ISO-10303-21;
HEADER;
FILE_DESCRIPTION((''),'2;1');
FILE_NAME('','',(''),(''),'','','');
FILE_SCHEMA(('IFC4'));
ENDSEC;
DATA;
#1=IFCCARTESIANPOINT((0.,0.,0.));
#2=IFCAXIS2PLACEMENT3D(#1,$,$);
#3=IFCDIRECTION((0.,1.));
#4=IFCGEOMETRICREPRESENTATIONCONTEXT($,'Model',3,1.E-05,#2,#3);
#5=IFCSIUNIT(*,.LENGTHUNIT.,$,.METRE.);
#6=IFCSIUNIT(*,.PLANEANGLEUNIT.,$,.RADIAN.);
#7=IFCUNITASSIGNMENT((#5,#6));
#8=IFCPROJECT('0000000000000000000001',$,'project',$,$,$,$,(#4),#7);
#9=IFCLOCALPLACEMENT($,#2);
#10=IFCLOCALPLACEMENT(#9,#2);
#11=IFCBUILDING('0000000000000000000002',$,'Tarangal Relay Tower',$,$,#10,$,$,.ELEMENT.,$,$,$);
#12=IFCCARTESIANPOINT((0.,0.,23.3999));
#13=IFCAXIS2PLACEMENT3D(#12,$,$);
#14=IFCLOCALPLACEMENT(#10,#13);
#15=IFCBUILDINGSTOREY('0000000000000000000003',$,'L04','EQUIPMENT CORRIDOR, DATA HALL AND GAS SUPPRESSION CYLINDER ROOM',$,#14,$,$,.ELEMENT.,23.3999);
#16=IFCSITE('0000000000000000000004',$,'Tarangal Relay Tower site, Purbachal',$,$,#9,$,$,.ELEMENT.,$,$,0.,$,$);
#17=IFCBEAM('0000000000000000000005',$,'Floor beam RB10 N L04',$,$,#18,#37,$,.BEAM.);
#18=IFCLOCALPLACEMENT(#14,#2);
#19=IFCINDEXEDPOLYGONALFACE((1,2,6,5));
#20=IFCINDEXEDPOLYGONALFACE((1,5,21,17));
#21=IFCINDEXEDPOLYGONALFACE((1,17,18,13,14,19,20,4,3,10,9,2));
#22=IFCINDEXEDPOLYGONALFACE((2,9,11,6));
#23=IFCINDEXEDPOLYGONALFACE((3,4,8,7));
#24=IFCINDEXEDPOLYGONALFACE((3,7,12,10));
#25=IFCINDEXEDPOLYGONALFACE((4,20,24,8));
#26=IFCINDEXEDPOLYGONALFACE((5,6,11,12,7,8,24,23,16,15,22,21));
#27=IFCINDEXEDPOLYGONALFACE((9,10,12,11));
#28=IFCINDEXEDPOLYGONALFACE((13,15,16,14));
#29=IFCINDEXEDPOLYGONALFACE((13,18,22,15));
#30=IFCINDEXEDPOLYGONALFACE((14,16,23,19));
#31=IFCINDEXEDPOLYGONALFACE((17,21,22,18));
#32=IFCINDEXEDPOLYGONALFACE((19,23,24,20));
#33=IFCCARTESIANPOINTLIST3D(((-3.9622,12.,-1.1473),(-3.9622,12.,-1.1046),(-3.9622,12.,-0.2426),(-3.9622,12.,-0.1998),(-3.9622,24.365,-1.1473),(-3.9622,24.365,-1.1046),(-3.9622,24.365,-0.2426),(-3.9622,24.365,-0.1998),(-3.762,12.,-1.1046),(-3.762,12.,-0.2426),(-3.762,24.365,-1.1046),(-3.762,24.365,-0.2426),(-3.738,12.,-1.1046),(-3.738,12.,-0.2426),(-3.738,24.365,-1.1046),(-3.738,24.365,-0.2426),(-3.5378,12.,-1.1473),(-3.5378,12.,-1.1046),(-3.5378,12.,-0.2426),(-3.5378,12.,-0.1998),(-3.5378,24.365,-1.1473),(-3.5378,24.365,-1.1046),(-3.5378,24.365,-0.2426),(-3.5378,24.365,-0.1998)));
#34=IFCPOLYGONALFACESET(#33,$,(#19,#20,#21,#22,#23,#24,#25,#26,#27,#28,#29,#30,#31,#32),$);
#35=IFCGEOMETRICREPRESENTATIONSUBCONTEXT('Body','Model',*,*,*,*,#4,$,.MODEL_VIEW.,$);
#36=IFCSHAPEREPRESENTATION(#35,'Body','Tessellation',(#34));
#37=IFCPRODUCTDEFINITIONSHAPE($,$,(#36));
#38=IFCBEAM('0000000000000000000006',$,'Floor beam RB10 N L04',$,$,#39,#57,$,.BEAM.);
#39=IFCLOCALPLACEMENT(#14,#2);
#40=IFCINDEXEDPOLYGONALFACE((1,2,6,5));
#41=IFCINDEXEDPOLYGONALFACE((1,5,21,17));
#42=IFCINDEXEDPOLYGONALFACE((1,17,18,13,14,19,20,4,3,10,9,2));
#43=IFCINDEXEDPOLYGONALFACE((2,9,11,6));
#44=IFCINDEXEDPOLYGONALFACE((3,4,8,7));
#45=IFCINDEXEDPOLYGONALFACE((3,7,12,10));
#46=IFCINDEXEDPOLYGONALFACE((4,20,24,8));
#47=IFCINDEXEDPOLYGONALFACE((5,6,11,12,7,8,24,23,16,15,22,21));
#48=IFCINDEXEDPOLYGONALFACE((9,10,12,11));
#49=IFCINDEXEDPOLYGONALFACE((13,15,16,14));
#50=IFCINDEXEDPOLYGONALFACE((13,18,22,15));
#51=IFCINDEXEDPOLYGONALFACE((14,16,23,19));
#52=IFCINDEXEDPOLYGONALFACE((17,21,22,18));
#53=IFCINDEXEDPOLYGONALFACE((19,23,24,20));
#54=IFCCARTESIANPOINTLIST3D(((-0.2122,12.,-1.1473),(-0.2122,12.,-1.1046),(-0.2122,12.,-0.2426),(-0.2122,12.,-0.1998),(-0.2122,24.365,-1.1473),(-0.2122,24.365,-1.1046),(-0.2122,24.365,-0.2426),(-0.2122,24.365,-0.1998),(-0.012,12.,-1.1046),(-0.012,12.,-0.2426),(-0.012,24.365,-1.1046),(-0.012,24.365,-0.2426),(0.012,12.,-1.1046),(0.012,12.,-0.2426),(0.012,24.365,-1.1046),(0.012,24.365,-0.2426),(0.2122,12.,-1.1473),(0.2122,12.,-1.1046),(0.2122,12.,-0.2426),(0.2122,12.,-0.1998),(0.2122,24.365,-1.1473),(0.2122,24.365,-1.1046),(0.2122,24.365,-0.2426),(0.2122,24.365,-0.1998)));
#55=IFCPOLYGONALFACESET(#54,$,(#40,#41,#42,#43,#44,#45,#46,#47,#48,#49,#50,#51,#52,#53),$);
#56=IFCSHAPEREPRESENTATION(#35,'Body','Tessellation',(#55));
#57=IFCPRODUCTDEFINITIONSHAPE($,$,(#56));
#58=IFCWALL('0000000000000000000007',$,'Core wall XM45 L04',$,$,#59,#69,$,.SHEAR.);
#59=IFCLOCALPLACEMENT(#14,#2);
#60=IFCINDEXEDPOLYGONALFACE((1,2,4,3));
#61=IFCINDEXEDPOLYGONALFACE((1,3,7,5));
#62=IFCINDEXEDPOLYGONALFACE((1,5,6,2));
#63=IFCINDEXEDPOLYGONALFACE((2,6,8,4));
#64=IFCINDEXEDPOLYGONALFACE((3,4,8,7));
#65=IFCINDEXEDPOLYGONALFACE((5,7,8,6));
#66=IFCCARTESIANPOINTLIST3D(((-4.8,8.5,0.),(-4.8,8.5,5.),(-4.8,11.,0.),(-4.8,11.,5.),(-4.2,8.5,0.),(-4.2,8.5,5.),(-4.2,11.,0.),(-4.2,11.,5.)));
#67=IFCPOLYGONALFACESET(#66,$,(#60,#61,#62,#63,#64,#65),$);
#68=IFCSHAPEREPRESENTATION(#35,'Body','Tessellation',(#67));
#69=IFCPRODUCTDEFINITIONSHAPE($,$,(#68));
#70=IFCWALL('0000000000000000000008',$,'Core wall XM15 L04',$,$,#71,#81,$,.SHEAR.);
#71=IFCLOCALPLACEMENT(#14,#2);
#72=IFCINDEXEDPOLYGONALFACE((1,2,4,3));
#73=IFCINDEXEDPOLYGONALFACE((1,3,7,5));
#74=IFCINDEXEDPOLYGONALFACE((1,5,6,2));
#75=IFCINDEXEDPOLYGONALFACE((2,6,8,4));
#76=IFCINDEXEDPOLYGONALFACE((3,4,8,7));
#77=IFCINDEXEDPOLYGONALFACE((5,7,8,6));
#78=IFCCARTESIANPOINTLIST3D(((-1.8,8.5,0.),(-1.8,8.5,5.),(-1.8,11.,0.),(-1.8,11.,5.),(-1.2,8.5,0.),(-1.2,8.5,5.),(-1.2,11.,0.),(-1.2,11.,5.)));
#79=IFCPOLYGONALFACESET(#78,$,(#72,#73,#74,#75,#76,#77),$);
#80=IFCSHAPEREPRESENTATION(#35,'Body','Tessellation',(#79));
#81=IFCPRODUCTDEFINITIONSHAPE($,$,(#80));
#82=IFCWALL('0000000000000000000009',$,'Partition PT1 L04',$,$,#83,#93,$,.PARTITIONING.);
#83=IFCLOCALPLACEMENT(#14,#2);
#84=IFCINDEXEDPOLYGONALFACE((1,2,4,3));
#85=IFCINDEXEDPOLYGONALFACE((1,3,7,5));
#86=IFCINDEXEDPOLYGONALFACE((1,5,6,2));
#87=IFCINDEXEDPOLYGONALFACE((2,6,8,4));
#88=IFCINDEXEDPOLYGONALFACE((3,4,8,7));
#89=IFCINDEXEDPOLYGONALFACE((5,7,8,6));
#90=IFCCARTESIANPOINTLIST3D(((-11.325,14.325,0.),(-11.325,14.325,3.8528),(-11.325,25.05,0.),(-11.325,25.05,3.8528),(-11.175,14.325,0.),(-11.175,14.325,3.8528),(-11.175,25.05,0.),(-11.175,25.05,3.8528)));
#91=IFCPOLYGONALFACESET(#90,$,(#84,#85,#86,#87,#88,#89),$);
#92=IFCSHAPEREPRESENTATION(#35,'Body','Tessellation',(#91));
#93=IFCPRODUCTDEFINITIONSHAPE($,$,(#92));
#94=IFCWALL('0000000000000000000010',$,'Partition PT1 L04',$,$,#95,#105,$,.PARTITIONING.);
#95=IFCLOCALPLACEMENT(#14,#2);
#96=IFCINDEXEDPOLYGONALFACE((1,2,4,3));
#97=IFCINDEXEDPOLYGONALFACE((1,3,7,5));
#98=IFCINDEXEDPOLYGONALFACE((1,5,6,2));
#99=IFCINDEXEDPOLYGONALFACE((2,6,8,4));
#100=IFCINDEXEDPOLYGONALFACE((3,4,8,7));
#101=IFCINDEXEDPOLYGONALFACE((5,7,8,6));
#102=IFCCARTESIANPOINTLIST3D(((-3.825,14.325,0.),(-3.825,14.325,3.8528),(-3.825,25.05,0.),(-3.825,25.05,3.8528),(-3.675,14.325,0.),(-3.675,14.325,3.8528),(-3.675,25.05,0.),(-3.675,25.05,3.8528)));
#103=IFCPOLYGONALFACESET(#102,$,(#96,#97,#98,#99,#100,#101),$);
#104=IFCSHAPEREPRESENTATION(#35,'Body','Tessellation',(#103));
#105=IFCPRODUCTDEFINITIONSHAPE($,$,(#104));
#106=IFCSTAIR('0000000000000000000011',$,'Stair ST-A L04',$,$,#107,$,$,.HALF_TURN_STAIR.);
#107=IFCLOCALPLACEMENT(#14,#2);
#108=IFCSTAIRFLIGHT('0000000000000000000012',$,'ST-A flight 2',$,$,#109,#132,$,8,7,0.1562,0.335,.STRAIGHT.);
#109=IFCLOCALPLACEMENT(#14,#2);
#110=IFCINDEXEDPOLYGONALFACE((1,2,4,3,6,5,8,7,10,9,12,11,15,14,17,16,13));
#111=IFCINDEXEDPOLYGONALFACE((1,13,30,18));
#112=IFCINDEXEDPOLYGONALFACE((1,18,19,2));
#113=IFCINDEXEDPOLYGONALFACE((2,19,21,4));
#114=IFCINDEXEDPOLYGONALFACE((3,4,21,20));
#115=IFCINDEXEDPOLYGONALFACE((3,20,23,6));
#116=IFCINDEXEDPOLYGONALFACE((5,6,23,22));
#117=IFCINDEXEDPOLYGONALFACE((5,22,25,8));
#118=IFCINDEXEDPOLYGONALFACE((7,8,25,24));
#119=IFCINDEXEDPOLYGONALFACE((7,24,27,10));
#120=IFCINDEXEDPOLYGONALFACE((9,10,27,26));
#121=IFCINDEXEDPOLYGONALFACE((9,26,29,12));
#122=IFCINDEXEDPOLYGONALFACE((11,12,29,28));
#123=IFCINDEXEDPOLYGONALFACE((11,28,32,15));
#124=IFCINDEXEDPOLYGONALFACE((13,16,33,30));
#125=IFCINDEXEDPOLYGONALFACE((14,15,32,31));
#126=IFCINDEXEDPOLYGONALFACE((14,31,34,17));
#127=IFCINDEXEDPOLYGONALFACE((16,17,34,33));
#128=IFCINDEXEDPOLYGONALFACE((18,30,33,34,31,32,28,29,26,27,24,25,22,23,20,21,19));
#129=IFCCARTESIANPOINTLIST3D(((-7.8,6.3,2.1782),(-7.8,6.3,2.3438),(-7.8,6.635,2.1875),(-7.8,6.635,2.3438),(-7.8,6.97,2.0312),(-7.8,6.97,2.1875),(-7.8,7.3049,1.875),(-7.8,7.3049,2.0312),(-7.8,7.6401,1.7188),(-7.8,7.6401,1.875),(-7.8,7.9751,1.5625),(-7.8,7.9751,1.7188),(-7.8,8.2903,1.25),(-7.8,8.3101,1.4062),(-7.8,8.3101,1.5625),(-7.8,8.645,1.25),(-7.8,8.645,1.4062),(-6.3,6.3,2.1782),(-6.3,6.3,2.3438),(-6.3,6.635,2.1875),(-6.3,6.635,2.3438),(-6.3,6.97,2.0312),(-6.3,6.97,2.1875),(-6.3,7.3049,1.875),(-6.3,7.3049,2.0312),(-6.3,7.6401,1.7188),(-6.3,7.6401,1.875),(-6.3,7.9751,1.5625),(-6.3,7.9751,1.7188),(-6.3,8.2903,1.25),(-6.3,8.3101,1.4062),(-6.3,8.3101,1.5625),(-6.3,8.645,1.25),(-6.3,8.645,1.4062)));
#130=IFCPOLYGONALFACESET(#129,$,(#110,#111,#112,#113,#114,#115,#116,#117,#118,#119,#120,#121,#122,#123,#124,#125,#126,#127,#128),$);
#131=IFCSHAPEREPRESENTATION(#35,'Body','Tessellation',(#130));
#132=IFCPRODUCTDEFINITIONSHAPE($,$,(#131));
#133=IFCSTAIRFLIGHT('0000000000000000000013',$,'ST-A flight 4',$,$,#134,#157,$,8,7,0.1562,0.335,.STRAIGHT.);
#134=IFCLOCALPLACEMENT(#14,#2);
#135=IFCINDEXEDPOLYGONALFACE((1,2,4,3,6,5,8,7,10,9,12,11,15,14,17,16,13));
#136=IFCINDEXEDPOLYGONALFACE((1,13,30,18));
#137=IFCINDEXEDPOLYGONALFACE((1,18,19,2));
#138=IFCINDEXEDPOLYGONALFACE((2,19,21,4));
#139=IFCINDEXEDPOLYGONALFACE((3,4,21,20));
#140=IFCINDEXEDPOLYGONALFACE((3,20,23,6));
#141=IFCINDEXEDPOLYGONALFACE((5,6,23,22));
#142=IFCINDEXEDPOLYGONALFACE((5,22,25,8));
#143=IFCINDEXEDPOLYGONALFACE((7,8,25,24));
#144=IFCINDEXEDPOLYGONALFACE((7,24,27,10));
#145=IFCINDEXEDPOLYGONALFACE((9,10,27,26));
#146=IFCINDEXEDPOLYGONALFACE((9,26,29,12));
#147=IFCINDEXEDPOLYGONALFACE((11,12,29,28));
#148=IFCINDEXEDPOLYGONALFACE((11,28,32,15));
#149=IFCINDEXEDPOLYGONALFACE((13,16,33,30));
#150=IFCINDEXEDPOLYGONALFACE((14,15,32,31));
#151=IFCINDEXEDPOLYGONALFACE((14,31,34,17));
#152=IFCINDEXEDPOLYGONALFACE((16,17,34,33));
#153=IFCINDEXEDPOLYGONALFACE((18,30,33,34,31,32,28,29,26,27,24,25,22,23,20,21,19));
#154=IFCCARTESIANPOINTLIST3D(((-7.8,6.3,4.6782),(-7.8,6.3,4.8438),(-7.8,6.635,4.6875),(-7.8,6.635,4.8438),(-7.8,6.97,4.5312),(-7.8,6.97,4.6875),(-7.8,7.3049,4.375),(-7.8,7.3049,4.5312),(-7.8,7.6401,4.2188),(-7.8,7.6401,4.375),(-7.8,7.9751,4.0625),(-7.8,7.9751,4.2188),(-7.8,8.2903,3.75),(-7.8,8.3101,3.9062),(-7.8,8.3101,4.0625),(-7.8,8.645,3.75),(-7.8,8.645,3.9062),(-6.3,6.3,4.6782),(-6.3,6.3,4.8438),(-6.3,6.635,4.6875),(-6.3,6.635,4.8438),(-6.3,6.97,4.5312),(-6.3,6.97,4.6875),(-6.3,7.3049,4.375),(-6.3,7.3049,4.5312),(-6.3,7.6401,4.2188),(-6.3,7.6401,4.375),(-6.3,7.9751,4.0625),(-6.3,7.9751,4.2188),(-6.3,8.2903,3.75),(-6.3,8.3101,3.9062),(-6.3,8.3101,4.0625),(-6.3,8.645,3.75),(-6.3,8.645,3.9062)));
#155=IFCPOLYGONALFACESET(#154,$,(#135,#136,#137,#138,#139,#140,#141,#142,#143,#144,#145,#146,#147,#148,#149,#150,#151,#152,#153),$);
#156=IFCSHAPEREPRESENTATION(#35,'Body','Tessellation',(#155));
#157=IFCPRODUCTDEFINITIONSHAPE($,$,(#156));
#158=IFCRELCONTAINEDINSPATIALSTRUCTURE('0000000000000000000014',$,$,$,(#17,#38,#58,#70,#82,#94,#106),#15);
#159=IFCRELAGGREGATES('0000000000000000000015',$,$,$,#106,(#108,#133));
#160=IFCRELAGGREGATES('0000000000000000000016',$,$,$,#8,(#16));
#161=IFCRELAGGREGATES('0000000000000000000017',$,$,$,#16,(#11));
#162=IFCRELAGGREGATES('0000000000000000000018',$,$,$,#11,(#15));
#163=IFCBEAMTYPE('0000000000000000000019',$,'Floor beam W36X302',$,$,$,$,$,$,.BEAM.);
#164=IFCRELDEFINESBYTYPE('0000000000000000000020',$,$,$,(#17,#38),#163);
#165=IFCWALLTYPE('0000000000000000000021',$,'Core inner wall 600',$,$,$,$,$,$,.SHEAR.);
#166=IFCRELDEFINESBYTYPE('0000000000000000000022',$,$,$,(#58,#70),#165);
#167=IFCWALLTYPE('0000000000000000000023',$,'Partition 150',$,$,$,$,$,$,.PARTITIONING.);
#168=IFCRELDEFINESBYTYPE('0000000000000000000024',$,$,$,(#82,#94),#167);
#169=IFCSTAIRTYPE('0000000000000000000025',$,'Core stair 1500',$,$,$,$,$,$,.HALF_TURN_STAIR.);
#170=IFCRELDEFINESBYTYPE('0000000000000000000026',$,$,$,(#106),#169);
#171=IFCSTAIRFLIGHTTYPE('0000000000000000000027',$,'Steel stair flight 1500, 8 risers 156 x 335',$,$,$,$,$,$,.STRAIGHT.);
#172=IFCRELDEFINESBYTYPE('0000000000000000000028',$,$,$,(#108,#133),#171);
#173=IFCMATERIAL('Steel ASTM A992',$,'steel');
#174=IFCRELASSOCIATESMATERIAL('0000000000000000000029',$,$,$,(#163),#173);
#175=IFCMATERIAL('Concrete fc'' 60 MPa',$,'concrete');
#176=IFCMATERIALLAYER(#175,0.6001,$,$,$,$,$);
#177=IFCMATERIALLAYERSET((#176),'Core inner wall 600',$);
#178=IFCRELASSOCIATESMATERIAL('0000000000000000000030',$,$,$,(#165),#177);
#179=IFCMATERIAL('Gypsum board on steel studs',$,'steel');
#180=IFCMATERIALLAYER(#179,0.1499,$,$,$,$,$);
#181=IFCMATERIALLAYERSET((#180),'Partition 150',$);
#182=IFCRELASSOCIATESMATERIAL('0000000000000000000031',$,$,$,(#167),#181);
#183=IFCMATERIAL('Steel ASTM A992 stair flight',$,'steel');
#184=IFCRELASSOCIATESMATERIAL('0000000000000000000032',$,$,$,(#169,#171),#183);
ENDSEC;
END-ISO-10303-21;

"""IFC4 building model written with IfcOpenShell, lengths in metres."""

from ifc_helpers import new_model, si_unit, direction, frame, frame_2d, origin, origin_2d, place, context, subcontext, project, spatial, polyline, rectangle, i_section, outline, extrude, material, layer, layer_set, material_profile, profile_set, type_object, element, aggregate, save


model = new_model("IFC4")

# Units and contexts
model_context = context("Model", 3, precision=1e-05, world=origin(), true_north=direction((0.0, 1.0)))
body_context = subcontext(model_context, "Body", "Model", "MODEL_VIEW")
ifc_project = project(units=[si_unit("LENGTHUNIT", "METRE"), si_unit("PLANEANGLEUNIT", "RADIAN")], contexts=[model_context])

# Site, building, storey
site_placement = place(None, origin())
site = spatial("IfcSite", under=ifc_project, at=site_placement, Name="Tarangal Relay Tower site, Purbachal", CompositionType="ELEMENT", RefElevation=0.0)
building_placement = place(site_placement, origin())
building = spatial("IfcBuilding", under=site, at=building_placement, Name="Tarangal Relay Tower", CompositionType="ELEMENT")
storey_placement = place(building_placement, frame((0.0, 0.0, 23.3999)))
storey = spatial("IfcBuildingStorey", under=building, at=storey_placement, Name="L04", Description="EQUIPMENT CORRIDOR, DATA HALL AND GAS SUPPRESSION CYLINDER ROOM", CompositionType="ELEMENT", Elevation=23.3999)

# Beams
ifc_material_1 = material(Name="Steel ASTM A992", Category="steel")
ifc_material_profile_1 = material_profile(ifc_material_1, i_section(OverallWidth=0.4243, OverallDepth=0.9475, WebThickness=0.0239, FlangeThickness=0.0427, at=origin_2d()), Name="W36X302")
ifc_profile_set_1 = profile_set([ifc_material_profile_1], Name="Steel ASTM A992")
beam_type_1 = type_object("IfcBeamType", Name="Floor beam W36X302", PredefinedType="BEAM", material=ifc_profile_set_1)
for number, where, z_axis, x_axis, name in (
    (1, (-3.75, 12.0, -0.6736), (0.0, 1.0, 0.0), (-1.0, 0.0, 0.0), "Floor beam RB10 N L04"),
    (2, (0.0, 12.0, -0.6736), (0.0, 1.0, 0.0), (-1.0, 0.0, 0.0), "Floor beam RB10 N L04"),
):
    element("IfcBeam", number, at=place(storey_placement, frame(where, z_axis=z_axis, x_axis=x_axis)), inside=storey, type_object=beam_type_1, Name=name, PredefinedType="BEAM", context=body_context, shape_type="SweptSolid", body=[
        extrude(i_section(OverallWidth=0.4243, OverallDepth=0.9475, WebThickness=0.0239, FlangeThickness=0.0427, at=origin_2d()), origin(), (0.0, 0.0, 1.0), 12.365),
    ])

# Walls
ifc_material_2 = material(Name="Concrete fc' 60 MPa", Category="concrete")
ifc_layer_1 = layer(ifc_material_2, 0.6001)
ifc_layer_set_1 = layer_set([ifc_layer_1], Name="Core inner wall 600")
wall_type_1 = type_object("IfcWallType", Name="Core inner wall 600", PredefinedType="SHEAR", material=ifc_layer_set_1)
for number, where, z_axis, x_axis, name in (
    (3, (-4.5, 8.5, 0.0), (0.0, 0.0, 1.0), (0.0, 1.0, 0.0), "Core wall XM45 L04"),
    (4, (-1.5, 8.5, 0.0), (0.0, 0.0, 1.0), (0.0, 1.0, 0.0), "Core wall XM15 L04"),
):
    element("IfcWall", number, at=place(storey_placement, frame(where, z_axis=z_axis, x_axis=x_axis)), inside=storey, type_object=wall_type_1, Name=name, PredefinedType="SHEAR", context=body_context, shape_type="SweptSolid", body=[
        extrude(rectangle(XDim=2.5, YDim=0.6001, at=frame_2d((1.25, 0.0))), origin(), (0.0, 0.0, 1.0), 5.0),
    ])
ifc_material_3 = material(Name="Gypsum board on steel studs", Category="steel")
ifc_layer_2 = layer(ifc_material_3, 0.1499)
ifc_layer_set_2 = layer_set([ifc_layer_2], Name="Partition 150")
wall_type_2 = type_object("IfcWallType", Name="Partition 150", PredefinedType="PARTITIONING", material=ifc_layer_set_2)
for number, where, z_axis, x_axis, name in (
    (5, (-11.25, 14.325, 0.0), (0.0, 0.0, 1.0), (0.0, 1.0, 0.0), "Partition PT1 L04"),
    (6, (-3.75, 14.325, 0.0), (0.0, 0.0, 1.0), (0.0, 1.0, 0.0), "Partition PT1 L04"),
):
    element("IfcWall", number, at=place(storey_placement, frame(where, z_axis=z_axis, x_axis=x_axis)), inside=storey, type_object=wall_type_2, Name=name, PredefinedType="PARTITIONING", context=body_context, shape_type="SweptSolid", body=[
        extrude(rectangle(XDim=10.7251, YDim=0.1499, at=frame_2d((5.3625, 0.0))), origin(), (0.0, 0.0, 1.0), 3.8528),
    ])

# Stair, stair flights
ifc_material_4 = material(Name="Steel ASTM A992 stair flight", Category="steel")
stair_type = type_object("IfcStairType", Name="Core stair 1500", PredefinedType="HALF_TURN_STAIR", material=ifc_material_4)
stair_placement = place(storey_placement, origin())
stair = element("IfcStair", 7, at=stair_placement, inside=storey, type_object=stair_type, Name="Stair ST-A L04", PredefinedType="HALF_TURN_STAIR")
stair_flight_type = type_object("IfcStairFlightType", Name="Steel stair flight 1500, 8 risers 156 x 335", PredefinedType="STRAIGHT", material=ifc_material_4)
stair_flight_1_placement = place(storey_placement, frame((-7.05, 8.645, 1.25), z_axis=(0.0, 0.0, 1.0), x_axis=(0.0, -1.0, 0.0)))
stair_flight_1 = element("IfcStairFlight", 8, at=stair_flight_1_placement, type_object=stair_flight_type, Name="ST-A flight 2", NumberOfRisers=8, NumberOfTreads=7, PredefinedType="STRAIGHT", RiserHeight=0.1562, TreadLength=0.335, context=body_context, shape_type="SweptSolid", body=[
    extrude(outline(polyline([(0.0, 0.0), (0.0, 0.1562), (0.335, 0.1562), (0.335, 0.3125), (0.6699, 0.3125), (0.6699, 0.4688), (1.0049, 0.4688), (1.0049, 0.625), (1.3401, 0.625), (1.3401, 0.7812), (1.675, 0.7812), (1.675, 0.9375), (2.01, 0.9375), (2.01, 1.0938), (2.345, 1.0938), (2.345, 1.25), (2.345, 0.9282), (0.3547, 0.0), (0.0, 0.0)])), frame((0.0, 0.75, 0.0), z_axis=(0.0, -1.0, 0.0), x_axis=(1.0, 0.0, 0.0)), (0.0, 0.0, 1.0), 1.5),
])
stair_flight_2_placement = place(storey_placement, frame((-7.05, 8.645, 3.75), z_axis=(0.0, 0.0, 1.0), x_axis=(0.0, -1.0, 0.0)))
stair_flight_2 = element("IfcStairFlight", 9, at=stair_flight_2_placement, type_object=stair_flight_type, Name="ST-A flight 4", NumberOfRisers=8, NumberOfTreads=7, PredefinedType="STRAIGHT", RiserHeight=0.1562, TreadLength=0.335, context=body_context, shape_type="SweptSolid", body=[
    extrude(outline(polyline([(0.0, 0.0), (0.0, 0.1562), (0.335, 0.1562), (0.335, 0.3125), (0.6699, 0.3125), (0.6699, 0.4688), (1.0049, 0.4688), (1.0049, 0.625), (1.3401, 0.625), (1.3401, 0.7812), (1.675, 0.7812), (1.675, 0.9375), (2.01, 0.9375), (2.01, 1.0938), (2.345, 1.0938), (2.345, 1.25), (2.345, 0.9282), (0.3547, 0.0), (0.0, 0.0)])), frame((0.0, 0.75, 0.0), z_axis=(0.0, -1.0, 0.0), x_axis=(1.0, 0.0, 0.0)), (0.0, 0.0, 1.0), 1.5),
])
aggregate(stair, [stair_flight_1, stair_flight_2])

save(model, "model.ifc")
